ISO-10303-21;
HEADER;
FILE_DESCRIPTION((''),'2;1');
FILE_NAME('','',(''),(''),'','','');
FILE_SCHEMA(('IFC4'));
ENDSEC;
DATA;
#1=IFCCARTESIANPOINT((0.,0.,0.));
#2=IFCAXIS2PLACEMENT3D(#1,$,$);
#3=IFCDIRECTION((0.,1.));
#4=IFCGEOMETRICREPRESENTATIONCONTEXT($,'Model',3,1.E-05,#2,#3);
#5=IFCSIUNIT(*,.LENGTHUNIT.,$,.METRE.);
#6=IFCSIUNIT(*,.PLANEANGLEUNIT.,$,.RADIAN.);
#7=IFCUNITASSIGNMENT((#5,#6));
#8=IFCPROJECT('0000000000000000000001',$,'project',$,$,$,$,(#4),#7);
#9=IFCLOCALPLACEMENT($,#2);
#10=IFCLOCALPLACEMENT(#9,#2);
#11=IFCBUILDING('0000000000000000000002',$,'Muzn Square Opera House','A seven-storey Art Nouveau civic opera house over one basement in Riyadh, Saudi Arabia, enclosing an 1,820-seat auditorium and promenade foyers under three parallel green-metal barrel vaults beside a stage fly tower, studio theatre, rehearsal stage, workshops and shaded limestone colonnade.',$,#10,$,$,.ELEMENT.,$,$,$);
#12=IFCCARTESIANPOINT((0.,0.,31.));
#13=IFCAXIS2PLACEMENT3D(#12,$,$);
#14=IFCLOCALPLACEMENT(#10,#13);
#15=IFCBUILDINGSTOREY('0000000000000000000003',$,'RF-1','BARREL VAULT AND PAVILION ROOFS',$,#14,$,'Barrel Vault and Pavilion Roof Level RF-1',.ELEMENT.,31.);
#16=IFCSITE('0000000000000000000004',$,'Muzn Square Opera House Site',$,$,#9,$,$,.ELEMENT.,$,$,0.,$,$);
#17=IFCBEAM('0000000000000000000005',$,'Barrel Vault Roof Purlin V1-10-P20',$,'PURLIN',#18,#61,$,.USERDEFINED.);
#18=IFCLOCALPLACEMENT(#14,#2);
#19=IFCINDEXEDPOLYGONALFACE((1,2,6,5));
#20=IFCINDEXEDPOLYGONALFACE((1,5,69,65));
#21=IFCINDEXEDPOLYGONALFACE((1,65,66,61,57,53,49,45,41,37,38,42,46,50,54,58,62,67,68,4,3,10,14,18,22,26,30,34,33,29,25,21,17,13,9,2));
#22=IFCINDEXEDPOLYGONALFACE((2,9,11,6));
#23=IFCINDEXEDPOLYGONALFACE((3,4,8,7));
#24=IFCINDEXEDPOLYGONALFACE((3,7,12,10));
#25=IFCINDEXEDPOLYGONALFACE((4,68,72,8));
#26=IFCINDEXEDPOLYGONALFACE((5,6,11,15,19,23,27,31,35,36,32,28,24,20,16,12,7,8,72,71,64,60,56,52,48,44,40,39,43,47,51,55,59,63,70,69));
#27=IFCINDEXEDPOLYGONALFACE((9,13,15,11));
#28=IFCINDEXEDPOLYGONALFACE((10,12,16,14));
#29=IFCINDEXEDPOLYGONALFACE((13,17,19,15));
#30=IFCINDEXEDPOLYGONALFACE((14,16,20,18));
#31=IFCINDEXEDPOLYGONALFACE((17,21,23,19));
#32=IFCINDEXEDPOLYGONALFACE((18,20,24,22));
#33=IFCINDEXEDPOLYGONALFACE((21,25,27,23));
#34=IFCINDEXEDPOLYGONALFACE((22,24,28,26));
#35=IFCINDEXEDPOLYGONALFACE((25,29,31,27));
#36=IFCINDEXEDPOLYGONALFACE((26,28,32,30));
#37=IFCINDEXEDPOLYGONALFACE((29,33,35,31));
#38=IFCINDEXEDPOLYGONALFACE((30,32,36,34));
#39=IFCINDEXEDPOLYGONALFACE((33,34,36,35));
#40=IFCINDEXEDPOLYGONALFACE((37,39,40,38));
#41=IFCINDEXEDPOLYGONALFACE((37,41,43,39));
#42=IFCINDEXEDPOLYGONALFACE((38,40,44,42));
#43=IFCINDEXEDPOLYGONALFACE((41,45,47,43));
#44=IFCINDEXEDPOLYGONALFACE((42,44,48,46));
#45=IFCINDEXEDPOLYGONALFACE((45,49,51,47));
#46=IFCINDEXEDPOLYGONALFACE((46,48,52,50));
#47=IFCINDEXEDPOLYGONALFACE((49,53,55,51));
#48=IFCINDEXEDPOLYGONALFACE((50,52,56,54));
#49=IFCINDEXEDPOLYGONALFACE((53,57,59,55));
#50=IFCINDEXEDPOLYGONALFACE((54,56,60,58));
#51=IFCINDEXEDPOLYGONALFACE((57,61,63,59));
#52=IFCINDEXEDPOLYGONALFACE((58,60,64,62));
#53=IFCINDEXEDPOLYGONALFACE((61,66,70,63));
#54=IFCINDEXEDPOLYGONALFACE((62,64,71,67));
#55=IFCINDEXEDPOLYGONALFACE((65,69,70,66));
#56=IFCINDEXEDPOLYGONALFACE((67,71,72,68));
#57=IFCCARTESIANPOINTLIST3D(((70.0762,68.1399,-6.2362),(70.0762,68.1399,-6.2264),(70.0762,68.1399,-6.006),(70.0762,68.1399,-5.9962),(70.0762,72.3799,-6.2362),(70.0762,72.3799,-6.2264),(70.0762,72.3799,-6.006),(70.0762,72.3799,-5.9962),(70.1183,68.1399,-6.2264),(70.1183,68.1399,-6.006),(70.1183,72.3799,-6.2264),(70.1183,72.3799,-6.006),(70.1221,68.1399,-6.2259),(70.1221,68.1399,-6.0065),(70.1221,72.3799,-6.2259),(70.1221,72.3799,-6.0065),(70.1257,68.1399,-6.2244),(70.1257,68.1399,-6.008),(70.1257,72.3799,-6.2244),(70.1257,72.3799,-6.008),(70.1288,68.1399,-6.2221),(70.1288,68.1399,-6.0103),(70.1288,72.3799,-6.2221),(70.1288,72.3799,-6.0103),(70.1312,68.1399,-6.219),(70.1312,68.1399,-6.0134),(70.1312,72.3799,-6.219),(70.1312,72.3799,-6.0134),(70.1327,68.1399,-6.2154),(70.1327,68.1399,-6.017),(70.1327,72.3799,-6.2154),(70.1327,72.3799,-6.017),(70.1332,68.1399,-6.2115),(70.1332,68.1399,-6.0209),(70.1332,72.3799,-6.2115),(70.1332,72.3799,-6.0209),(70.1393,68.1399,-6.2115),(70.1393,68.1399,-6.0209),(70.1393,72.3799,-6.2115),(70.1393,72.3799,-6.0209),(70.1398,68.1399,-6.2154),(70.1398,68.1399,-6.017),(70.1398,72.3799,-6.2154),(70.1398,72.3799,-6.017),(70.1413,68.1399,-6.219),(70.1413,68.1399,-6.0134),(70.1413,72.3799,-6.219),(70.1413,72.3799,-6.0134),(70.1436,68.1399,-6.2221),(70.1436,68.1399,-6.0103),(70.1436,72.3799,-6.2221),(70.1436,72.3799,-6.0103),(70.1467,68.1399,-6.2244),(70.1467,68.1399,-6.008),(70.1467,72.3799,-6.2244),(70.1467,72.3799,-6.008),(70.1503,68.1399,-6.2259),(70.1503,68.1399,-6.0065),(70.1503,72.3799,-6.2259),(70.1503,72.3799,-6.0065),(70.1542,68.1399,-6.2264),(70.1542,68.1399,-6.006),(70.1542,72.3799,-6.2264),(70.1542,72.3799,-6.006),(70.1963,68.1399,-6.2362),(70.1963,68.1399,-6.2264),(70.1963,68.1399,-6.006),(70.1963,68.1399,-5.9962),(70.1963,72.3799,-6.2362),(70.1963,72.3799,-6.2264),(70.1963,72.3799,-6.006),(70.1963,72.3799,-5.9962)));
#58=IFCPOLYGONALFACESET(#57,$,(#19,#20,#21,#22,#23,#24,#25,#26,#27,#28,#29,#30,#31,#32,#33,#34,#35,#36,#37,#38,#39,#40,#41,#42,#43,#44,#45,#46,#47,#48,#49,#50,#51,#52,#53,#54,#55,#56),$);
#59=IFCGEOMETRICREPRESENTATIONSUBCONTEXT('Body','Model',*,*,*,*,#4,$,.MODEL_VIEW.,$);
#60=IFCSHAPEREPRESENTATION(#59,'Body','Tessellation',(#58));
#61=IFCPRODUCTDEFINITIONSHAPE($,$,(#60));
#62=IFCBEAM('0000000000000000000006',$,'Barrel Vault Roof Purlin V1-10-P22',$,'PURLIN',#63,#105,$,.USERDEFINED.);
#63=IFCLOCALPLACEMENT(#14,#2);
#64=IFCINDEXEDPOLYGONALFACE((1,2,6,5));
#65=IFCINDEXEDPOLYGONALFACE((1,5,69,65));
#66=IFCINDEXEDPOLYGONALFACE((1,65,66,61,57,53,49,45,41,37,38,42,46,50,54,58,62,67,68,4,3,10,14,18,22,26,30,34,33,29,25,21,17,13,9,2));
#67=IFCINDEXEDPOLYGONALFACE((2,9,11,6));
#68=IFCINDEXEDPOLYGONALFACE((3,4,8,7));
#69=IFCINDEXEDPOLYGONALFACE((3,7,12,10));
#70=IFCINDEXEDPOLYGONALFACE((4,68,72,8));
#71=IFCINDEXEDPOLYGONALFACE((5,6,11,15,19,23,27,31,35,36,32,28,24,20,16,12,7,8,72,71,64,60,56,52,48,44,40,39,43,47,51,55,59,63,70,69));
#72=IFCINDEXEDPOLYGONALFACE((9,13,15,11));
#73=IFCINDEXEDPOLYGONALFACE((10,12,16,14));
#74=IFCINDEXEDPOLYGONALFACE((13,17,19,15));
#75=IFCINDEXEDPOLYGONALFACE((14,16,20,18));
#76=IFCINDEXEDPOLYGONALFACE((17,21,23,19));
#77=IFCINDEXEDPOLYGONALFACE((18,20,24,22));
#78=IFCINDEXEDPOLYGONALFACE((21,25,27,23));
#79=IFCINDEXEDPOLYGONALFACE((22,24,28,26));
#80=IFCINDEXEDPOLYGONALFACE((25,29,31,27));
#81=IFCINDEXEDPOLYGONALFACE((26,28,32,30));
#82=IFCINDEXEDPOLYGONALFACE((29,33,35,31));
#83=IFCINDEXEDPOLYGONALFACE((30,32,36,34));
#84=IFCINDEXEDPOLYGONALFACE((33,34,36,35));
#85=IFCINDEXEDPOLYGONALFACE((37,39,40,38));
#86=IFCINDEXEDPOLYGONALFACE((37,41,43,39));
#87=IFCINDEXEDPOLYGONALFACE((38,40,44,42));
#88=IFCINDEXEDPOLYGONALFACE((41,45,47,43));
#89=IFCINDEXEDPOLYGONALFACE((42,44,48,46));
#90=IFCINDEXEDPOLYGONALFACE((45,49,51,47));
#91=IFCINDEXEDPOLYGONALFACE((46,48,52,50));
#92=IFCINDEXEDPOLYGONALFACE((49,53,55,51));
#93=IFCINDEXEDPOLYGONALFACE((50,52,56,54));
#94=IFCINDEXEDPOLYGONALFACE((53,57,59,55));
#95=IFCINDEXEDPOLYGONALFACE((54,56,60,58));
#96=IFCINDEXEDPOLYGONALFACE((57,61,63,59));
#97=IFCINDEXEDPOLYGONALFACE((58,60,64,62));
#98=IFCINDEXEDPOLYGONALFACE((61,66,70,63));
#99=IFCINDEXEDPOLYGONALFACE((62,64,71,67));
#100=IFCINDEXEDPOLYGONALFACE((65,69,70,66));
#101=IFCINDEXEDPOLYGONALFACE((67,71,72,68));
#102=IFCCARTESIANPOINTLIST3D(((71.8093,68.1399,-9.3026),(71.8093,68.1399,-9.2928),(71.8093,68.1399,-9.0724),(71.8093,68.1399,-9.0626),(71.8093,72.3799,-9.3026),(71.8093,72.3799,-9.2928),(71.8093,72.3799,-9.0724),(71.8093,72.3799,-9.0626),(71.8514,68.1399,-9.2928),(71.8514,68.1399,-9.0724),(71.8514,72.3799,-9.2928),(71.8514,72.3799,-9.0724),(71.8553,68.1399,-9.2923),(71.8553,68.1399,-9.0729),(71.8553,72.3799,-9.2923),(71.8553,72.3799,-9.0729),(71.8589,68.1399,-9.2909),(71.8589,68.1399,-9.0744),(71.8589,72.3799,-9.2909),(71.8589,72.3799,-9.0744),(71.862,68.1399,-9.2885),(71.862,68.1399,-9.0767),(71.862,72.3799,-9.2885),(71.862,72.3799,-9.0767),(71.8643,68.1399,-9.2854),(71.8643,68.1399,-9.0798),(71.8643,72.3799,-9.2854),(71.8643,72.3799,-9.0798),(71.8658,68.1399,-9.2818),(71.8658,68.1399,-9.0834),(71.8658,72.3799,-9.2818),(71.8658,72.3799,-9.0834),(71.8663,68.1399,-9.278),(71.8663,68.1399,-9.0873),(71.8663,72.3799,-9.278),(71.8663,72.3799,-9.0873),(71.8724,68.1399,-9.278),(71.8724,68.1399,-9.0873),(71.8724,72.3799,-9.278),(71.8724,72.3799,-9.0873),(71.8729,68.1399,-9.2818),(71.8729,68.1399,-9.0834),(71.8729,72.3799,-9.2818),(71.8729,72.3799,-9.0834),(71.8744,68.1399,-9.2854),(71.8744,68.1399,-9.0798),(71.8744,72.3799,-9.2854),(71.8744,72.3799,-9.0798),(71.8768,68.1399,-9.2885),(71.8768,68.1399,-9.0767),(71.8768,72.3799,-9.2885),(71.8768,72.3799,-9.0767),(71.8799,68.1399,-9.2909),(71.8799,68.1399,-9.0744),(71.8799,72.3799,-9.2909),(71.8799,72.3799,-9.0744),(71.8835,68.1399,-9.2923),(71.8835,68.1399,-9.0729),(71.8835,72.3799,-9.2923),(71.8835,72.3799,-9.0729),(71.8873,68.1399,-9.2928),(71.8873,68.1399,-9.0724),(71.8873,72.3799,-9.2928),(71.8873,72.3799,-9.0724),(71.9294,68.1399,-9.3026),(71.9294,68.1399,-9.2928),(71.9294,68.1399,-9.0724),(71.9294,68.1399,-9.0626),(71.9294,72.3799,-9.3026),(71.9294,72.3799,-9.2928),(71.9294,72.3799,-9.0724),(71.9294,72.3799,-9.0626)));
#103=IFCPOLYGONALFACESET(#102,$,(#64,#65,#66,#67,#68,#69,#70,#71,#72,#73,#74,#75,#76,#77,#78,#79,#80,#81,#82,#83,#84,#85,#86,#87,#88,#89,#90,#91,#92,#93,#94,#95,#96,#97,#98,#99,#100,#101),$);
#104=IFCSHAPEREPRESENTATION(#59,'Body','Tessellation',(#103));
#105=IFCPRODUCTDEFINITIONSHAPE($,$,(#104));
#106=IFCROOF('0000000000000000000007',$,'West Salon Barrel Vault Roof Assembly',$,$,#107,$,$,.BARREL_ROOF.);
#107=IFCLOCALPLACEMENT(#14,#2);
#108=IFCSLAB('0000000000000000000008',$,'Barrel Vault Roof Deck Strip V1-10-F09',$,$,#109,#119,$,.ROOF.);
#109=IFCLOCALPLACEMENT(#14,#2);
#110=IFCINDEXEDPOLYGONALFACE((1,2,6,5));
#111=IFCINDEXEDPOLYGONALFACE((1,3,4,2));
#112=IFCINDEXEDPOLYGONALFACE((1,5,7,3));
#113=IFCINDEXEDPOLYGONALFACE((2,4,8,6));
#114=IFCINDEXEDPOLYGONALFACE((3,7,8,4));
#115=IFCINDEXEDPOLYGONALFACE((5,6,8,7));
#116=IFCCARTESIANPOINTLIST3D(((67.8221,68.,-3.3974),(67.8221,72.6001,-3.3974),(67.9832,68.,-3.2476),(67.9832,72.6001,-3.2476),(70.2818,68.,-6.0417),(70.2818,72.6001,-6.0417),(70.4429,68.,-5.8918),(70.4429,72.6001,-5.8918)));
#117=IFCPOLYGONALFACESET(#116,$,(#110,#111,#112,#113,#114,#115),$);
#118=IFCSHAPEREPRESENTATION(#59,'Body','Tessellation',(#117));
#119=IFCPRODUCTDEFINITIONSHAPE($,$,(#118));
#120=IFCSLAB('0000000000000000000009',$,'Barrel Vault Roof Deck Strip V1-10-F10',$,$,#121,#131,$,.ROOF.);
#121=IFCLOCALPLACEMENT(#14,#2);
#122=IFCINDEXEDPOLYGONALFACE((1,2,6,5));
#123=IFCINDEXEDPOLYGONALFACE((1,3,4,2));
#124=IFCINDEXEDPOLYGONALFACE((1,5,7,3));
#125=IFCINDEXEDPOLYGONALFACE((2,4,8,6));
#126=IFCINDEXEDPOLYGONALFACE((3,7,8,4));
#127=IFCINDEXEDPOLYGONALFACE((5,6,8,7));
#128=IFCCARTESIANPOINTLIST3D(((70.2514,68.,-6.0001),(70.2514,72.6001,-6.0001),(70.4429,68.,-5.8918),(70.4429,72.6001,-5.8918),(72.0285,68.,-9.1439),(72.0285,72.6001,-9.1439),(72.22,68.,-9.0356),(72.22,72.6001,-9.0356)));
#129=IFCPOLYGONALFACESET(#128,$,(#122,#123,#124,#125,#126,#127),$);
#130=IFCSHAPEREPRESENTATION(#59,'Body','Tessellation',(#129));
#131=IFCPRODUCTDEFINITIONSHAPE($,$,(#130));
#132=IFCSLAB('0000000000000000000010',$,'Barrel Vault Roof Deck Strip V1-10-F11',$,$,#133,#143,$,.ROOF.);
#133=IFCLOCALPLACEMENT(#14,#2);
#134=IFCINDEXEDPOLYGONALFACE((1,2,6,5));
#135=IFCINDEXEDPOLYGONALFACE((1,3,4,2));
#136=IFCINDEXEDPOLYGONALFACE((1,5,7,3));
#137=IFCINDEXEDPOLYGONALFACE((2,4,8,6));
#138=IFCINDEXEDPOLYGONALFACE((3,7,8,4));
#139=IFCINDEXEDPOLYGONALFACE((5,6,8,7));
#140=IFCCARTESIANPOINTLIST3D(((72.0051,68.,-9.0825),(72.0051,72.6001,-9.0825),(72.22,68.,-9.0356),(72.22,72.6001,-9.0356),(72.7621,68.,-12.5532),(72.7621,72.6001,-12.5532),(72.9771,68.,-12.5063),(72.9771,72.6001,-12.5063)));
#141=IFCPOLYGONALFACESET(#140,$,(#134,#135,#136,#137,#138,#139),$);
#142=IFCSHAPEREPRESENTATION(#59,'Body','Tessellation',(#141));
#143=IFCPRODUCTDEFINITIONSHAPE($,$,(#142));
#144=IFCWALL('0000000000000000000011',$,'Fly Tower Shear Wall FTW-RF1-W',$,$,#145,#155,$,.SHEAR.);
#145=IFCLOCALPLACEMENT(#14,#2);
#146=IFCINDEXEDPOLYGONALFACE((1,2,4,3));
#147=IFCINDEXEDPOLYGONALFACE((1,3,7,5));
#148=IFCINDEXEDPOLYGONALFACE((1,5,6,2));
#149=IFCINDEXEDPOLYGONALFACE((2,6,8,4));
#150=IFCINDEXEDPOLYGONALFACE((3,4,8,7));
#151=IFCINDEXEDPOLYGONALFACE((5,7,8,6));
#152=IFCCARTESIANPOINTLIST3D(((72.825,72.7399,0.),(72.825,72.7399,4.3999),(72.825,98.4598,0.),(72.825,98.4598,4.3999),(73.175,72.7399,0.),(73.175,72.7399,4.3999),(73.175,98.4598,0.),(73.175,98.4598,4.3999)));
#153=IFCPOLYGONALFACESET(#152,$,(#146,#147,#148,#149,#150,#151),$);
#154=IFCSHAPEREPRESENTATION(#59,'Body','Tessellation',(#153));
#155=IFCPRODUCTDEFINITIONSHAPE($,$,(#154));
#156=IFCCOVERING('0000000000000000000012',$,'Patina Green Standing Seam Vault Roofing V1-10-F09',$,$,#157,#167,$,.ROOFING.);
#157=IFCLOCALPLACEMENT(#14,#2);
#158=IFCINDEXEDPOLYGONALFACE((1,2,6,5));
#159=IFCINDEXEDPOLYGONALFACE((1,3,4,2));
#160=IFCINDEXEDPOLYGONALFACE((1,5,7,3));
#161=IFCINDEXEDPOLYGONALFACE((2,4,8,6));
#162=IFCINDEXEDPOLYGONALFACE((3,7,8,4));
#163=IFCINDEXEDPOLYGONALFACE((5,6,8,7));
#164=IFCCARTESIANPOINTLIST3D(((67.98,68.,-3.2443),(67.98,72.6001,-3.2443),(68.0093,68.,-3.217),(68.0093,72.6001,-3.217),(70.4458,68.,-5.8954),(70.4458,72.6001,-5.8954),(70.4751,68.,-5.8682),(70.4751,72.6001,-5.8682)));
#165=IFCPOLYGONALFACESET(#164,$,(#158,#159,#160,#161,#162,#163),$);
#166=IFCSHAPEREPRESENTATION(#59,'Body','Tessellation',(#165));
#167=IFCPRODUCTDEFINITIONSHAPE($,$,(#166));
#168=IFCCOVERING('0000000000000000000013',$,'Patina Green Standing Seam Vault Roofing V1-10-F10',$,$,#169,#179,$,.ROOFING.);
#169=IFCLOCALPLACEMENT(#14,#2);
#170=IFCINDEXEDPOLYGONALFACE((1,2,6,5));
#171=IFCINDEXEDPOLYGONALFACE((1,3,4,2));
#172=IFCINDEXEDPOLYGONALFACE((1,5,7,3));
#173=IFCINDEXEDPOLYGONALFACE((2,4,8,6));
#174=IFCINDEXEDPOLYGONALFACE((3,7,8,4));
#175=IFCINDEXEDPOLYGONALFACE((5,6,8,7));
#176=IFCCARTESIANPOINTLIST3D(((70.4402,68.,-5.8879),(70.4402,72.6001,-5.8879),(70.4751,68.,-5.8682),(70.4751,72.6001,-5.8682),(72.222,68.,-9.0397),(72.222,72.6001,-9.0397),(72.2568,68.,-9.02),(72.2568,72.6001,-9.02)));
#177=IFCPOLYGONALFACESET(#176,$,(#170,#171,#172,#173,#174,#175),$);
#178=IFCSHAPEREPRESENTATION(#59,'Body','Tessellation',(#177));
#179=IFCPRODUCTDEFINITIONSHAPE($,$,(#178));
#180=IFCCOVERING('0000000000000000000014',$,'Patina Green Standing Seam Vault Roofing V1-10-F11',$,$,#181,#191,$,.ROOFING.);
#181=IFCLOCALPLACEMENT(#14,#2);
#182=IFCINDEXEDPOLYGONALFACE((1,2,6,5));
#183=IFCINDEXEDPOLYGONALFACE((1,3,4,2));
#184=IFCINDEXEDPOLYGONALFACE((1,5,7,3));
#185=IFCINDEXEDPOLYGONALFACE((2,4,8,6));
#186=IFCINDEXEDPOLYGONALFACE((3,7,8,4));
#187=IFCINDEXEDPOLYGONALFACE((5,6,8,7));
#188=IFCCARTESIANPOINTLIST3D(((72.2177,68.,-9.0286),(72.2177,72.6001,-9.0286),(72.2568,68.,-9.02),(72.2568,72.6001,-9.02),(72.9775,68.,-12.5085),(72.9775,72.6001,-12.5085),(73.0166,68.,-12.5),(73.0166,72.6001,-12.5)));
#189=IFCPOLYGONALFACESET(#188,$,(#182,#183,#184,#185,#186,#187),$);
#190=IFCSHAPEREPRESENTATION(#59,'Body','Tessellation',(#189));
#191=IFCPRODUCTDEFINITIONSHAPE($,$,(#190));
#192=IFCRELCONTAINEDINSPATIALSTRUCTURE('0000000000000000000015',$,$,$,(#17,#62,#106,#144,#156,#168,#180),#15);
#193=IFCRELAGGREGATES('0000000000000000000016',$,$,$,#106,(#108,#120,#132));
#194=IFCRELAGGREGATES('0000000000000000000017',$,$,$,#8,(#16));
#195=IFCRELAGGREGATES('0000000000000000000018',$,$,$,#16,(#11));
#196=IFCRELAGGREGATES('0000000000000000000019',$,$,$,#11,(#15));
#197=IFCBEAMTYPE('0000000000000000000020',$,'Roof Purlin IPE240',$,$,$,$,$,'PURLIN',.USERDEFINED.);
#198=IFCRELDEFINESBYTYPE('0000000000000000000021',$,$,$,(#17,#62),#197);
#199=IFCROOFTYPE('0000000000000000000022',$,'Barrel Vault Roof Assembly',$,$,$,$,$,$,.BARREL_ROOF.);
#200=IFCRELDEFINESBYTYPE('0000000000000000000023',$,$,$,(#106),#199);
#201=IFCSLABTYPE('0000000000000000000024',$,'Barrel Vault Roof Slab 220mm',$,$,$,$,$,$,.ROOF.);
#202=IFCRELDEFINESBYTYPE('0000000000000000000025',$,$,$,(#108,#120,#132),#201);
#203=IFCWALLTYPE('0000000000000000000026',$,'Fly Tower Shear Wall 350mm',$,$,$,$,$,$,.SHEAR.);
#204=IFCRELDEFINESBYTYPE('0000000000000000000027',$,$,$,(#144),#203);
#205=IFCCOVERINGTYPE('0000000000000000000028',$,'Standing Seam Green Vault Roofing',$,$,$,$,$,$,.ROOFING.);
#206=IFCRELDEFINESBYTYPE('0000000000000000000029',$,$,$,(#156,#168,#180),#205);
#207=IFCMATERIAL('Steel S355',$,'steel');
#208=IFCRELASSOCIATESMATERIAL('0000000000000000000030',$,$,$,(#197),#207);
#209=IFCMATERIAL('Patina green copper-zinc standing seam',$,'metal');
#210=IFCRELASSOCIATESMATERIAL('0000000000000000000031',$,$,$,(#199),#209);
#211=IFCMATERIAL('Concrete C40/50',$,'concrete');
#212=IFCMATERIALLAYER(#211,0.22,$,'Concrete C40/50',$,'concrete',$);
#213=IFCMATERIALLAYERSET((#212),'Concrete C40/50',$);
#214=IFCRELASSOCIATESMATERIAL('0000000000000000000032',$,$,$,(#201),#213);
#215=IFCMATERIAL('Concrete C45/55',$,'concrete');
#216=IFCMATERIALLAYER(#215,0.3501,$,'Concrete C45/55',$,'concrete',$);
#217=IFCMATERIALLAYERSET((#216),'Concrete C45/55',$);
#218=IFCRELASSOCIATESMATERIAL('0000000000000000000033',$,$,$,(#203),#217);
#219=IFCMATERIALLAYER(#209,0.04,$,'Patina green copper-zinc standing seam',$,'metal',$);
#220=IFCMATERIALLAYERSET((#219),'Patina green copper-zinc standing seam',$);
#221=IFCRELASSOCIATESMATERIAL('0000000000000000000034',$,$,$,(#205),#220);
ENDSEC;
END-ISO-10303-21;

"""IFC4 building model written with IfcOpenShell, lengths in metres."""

from ifc_helpers import new_model, si_unit, direction, frame, frame_2d, origin, origin_2d, place, context, subcontext, project, spatial, polyline, rectangle, i_section, outline, extrude, material, layer, layer_set, material_profile, profile_set, type_object, element, aggregate, save


model = new_model("IFC4")

# Units and contexts
model_context = context("Model", 3, precision=1e-05, world=origin(), true_north=direction((0.0, 1.0)))
body_context = subcontext(model_context, "Body", "Model", "MODEL_VIEW")
ifc_project = project(units=[si_unit("LENGTHUNIT", "METRE"), si_unit("PLANEANGLEUNIT", "RADIAN")], contexts=[model_context])

# Site, building, storey
site_placement = place(None, origin())
site = spatial("IfcSite", under=ifc_project, at=site_placement, Name="Muzn Square Opera House Site", CompositionType="ELEMENT", RefElevation=0.0)
building_placement = place(site_placement, origin())
building = spatial("IfcBuilding", under=site, at=building_placement, Name="Muzn Square Opera House", Description="A seven-storey Art Nouveau civic opera house over one basement in Riyadh, Saudi Arabia, enclosing an 1,820-seat auditorium and promenade foyers under three parallel green-metal barrel vaults beside a stage fly tower, studio theatre, rehearsal stage, workshops and shaded limestone colonnade.", CompositionType="ELEMENT")
storey_placement = place(building_placement, frame((0.0, 0.0, 31.0)))
storey = spatial("IfcBuildingStorey", under=building, at=storey_placement, Name="RF-1", Description="BARREL VAULT AND PAVILION ROOFS", LongName="Barrel Vault and Pavilion Roof Level RF-1", CompositionType="ELEMENT", Elevation=31.0)

# Shared definitions
ifc_material_1 = material(Name="Concrete C45/55", Category="concrete")
ifc_material_2 = material(Name="Steel S355", Category="steel")

# Beams
ifc_material_3 = material(Name="Concrete C40/50", Category="concrete")
ifc_material_profile_1 = material_profile(ifc_material_2, i_section(OverallWidth=0.1201, OverallDepth=0.24, WebThickness=0.0061, FlangeThickness=0.0098, FilletRadius=0.0149, at=origin_2d()), Name="IPE 240", Category="steel")
ifc_profile_set_1 = profile_set([ifc_material_profile_1], Name="Steel S355")
beam_type_1 = type_object("IfcBeamType", Name="Roof Purlin IPE240", ElementType="PURLIN", PredefinedType="USERDEFINED", material=ifc_profile_set_1)
for number, where, z_axis, x_axis, name in (
    (1, (70.1362, 68.1399, -6.1162), (0.0, 1.0, 0.0), (-1.0, 0.0, 0.0), "Barrel Vault Roof Purlin V1-10-P20"),
    (2, (71.8694, 68.1399, -9.1826), (0.0, 1.0, 0.0), (-1.0, 0.0, 0.0), "Barrel Vault Roof Purlin V1-10-P22"),
):
    element("IfcBeam", number, at=place(storey_placement, frame(where, z_axis=z_axis, x_axis=x_axis)), inside=storey, type_object=beam_type_1, Name=name, ObjectType="PURLIN", PredefinedType="USERDEFINED", context=body_context, shape_type="SweptSolid", body=[
        extrude(i_section(OverallWidth=0.1201, OverallDepth=0.24, WebThickness=0.0061, FlangeThickness=0.0098, FilletRadius=0.0149, at=origin_2d()), origin(), (0.0, 0.0, 1.0), 4.24),
    ])

# Roof, slabs
ifc_material_4 = material(Name="Patina green copper-zinc standing seam", Category="metal")
roof_type = type_object("IfcRoofType", Name="Barrel Vault Roof Assembly", PredefinedType="BARREL_ROOF", material=ifc_material_4)
roof_placement = place(storey_placement, origin())
roof = element("IfcRoof", 3, at=roof_placement, inside=storey, type_object=roof_type, Name="West Salon Barrel Vault Roof Assembly", PredefinedType="BARREL_ROOF")
ifc_layer_1 = layer(ifc_material_3, 0.22, Name="Concrete C40/50", Category="concrete")
ifc_layer_set_1 = layer_set([ifc_layer_1], Name="Concrete C40/50")
slab_type = type_object("IfcSlabType", Name="Barrel Vault Roof Slab 220mm", PredefinedType="ROOF", material=ifc_layer_set_1)
slab_1_placement = place(storey_placement, frame((67.9832, 68.0, -3.2476), z_axis=(0.732198, 0.0, 0.681091), x_axis=(0.681091, 0.0, -0.732198)))
slab_1 = element("IfcSlab", 4, at=slab_1_placement, type_object=slab_type, Name="Barrel Vault Roof Deck Strip V1-10-F09", PredefinedType="ROOF", context=body_context, shape_type="SweptSolid", body=[
    extrude(outline(polyline([(0.0, 0.0), (3.6114, 0.0), (3.6114, 4.6001), (0.0, 4.6001), (0.0, 0.0)])), origin(), (0.0, 0.0, -1.0), 0.22),
])
slab_2_placement = place(storey_placement, frame((70.4429, 68.0, -5.8918), z_axis=(0.870543, 0.0, 0.492093), x_axis=(0.492093, 0.0, -0.870543)))
slab_2 = element("IfcSlab", 5, at=slab_2_placement, type_object=slab_type, Name="Barrel Vault Roof Deck Strip V1-10-F10", PredefinedType="ROOF", context=body_context, shape_type="SweptSolid", body=[
    extrude(outline(polyline([(0.0, 0.0), (3.6113, 0.0), (3.6113, 4.6001), (0.0, 4.6001), (0.0, 0.0)])), origin(), (0.0, 0.0, -1.0), 0.22),
])
slab_3_placement = place(storey_placement, frame((72.22, 68.0, -9.0356), z_axis=(0.977025, 0.0, 0.213123), x_axis=(0.213123, 0.0, -0.977025)))
slab_3 = element("IfcSlab", 6, at=slab_3_placement, type_object=slab_type, Name="Barrel Vault Roof Deck Strip V1-10-F11", PredefinedType="ROOF", context=body_context, shape_type="SweptSolid", body=[
    extrude(outline(polyline([(0.0, 0.0), (3.5523, 0.0), (3.5523, 4.6001), (0.0, 4.6001), (0.0, 0.0)])), origin(), (0.0, 0.0, -1.0), 0.22),
])
aggregate(roof, [slab_1, slab_2, slab_3])

# Wall
ifc_layer_2 = layer(ifc_material_1, 0.3501, Name="Concrete C45/55", Category="concrete")
ifc_layer_set_2 = layer_set([ifc_layer_2], Name="Concrete C45/55")
wall_type = type_object("IfcWallType", Name="Fly Tower Shear Wall 350mm", PredefinedType="SHEAR", material=ifc_layer_set_2)
wall_placement = place(storey_placement, frame((73.0, 72.74, 0.0), z_axis=(0.0, 0.0, 1.0), x_axis=(0.0, 1.0, 0.0)))
element("IfcWall", 7, at=wall_placement, inside=storey, type_object=wall_type, Name="Fly Tower Shear Wall FTW-RF1-W", PredefinedType="SHEAR", context=body_context, shape_type="SweptSolid", body=[
    extrude(rectangle(XDim=25.72, YDim=0.3501, at=frame_2d((12.8599, 0.0))), origin(), (0.0, 0.0, 1.0), 4.3999),
])

# Coverings
ifc_layer_3 = layer(ifc_material_4, 0.04, Name="Patina green copper-zinc standing seam", Category="metal")
ifc_layer_set_3 = layer_set([ifc_layer_3], Name="Patina green copper-zinc standing seam")
covering_type = type_object("IfcCoveringType", Name="Standing Seam Green Vault Roofing", PredefinedType="ROOFING", material=ifc_layer_set_3)
covering_1_placement = place(storey_placement, frame((68.0093, 68.0, -3.217), z_axis=(0.732234, 0.0, 0.681053), x_axis=(0.681053, 0.0, -0.732234)))
element("IfcCovering", 8, at=covering_1_placement, inside=storey, type_object=covering_type, Name="Patina Green Standing Seam Vault Roofing V1-10-F09", PredefinedType="ROOFING", context=body_context, shape_type="SweptSolid", body=[
    extrude(outline(polyline([(0.0, 0.0), (3.6206, 0.0), (3.6206, 4.6001), (0.0, 4.6001), (0.0, 0.0)])), origin(), (0.0, 0.0, -1.0), 0.04),
])
covering_2_placement = place(storey_placement, frame((70.4751, 68.0, -5.8682), z_axis=(0.870533, 0.0, 0.492111), x_axis=(0.492111, 0.0, -0.870533)))
element("IfcCovering", 9, at=covering_2_placement, inside=storey, type_object=covering_type, Name="Patina Green Standing Seam Vault Roofing V1-10-F10", PredefinedType="ROOFING", context=body_context, shape_type="SweptSolid", body=[
    extrude(outline(polyline([(0.0, 0.0), (3.6206, 0.0), (3.6206, 4.6001), (0.0, 4.6001), (0.0, 0.0)])), origin(), (0.0, 0.0, -1.0), 0.04),
])
covering_3_placement = place(storey_placement, frame((72.2568, 68.0, -9.02), z_axis=(0.976987, 0.0, 0.2133), x_axis=(0.2133, 0.0, -0.976987)))
element("IfcCovering", 10, at=covering_3_placement, inside=storey, type_object=covering_type, Name="Patina Green Standing Seam Vault Roofing V1-10-F11", PredefinedType="ROOFING", context=body_context, shape_type="SweptSolid", body=[
    extrude(outline(polyline([(0.0, 0.0), (3.562, 0.0), (3.562, 4.6001), (0.0, 4.6001), (0.0, 0.0)])), origin(), (0.0, 0.0, -1.0), 0.04),
])

save(model, "model.ifc")
